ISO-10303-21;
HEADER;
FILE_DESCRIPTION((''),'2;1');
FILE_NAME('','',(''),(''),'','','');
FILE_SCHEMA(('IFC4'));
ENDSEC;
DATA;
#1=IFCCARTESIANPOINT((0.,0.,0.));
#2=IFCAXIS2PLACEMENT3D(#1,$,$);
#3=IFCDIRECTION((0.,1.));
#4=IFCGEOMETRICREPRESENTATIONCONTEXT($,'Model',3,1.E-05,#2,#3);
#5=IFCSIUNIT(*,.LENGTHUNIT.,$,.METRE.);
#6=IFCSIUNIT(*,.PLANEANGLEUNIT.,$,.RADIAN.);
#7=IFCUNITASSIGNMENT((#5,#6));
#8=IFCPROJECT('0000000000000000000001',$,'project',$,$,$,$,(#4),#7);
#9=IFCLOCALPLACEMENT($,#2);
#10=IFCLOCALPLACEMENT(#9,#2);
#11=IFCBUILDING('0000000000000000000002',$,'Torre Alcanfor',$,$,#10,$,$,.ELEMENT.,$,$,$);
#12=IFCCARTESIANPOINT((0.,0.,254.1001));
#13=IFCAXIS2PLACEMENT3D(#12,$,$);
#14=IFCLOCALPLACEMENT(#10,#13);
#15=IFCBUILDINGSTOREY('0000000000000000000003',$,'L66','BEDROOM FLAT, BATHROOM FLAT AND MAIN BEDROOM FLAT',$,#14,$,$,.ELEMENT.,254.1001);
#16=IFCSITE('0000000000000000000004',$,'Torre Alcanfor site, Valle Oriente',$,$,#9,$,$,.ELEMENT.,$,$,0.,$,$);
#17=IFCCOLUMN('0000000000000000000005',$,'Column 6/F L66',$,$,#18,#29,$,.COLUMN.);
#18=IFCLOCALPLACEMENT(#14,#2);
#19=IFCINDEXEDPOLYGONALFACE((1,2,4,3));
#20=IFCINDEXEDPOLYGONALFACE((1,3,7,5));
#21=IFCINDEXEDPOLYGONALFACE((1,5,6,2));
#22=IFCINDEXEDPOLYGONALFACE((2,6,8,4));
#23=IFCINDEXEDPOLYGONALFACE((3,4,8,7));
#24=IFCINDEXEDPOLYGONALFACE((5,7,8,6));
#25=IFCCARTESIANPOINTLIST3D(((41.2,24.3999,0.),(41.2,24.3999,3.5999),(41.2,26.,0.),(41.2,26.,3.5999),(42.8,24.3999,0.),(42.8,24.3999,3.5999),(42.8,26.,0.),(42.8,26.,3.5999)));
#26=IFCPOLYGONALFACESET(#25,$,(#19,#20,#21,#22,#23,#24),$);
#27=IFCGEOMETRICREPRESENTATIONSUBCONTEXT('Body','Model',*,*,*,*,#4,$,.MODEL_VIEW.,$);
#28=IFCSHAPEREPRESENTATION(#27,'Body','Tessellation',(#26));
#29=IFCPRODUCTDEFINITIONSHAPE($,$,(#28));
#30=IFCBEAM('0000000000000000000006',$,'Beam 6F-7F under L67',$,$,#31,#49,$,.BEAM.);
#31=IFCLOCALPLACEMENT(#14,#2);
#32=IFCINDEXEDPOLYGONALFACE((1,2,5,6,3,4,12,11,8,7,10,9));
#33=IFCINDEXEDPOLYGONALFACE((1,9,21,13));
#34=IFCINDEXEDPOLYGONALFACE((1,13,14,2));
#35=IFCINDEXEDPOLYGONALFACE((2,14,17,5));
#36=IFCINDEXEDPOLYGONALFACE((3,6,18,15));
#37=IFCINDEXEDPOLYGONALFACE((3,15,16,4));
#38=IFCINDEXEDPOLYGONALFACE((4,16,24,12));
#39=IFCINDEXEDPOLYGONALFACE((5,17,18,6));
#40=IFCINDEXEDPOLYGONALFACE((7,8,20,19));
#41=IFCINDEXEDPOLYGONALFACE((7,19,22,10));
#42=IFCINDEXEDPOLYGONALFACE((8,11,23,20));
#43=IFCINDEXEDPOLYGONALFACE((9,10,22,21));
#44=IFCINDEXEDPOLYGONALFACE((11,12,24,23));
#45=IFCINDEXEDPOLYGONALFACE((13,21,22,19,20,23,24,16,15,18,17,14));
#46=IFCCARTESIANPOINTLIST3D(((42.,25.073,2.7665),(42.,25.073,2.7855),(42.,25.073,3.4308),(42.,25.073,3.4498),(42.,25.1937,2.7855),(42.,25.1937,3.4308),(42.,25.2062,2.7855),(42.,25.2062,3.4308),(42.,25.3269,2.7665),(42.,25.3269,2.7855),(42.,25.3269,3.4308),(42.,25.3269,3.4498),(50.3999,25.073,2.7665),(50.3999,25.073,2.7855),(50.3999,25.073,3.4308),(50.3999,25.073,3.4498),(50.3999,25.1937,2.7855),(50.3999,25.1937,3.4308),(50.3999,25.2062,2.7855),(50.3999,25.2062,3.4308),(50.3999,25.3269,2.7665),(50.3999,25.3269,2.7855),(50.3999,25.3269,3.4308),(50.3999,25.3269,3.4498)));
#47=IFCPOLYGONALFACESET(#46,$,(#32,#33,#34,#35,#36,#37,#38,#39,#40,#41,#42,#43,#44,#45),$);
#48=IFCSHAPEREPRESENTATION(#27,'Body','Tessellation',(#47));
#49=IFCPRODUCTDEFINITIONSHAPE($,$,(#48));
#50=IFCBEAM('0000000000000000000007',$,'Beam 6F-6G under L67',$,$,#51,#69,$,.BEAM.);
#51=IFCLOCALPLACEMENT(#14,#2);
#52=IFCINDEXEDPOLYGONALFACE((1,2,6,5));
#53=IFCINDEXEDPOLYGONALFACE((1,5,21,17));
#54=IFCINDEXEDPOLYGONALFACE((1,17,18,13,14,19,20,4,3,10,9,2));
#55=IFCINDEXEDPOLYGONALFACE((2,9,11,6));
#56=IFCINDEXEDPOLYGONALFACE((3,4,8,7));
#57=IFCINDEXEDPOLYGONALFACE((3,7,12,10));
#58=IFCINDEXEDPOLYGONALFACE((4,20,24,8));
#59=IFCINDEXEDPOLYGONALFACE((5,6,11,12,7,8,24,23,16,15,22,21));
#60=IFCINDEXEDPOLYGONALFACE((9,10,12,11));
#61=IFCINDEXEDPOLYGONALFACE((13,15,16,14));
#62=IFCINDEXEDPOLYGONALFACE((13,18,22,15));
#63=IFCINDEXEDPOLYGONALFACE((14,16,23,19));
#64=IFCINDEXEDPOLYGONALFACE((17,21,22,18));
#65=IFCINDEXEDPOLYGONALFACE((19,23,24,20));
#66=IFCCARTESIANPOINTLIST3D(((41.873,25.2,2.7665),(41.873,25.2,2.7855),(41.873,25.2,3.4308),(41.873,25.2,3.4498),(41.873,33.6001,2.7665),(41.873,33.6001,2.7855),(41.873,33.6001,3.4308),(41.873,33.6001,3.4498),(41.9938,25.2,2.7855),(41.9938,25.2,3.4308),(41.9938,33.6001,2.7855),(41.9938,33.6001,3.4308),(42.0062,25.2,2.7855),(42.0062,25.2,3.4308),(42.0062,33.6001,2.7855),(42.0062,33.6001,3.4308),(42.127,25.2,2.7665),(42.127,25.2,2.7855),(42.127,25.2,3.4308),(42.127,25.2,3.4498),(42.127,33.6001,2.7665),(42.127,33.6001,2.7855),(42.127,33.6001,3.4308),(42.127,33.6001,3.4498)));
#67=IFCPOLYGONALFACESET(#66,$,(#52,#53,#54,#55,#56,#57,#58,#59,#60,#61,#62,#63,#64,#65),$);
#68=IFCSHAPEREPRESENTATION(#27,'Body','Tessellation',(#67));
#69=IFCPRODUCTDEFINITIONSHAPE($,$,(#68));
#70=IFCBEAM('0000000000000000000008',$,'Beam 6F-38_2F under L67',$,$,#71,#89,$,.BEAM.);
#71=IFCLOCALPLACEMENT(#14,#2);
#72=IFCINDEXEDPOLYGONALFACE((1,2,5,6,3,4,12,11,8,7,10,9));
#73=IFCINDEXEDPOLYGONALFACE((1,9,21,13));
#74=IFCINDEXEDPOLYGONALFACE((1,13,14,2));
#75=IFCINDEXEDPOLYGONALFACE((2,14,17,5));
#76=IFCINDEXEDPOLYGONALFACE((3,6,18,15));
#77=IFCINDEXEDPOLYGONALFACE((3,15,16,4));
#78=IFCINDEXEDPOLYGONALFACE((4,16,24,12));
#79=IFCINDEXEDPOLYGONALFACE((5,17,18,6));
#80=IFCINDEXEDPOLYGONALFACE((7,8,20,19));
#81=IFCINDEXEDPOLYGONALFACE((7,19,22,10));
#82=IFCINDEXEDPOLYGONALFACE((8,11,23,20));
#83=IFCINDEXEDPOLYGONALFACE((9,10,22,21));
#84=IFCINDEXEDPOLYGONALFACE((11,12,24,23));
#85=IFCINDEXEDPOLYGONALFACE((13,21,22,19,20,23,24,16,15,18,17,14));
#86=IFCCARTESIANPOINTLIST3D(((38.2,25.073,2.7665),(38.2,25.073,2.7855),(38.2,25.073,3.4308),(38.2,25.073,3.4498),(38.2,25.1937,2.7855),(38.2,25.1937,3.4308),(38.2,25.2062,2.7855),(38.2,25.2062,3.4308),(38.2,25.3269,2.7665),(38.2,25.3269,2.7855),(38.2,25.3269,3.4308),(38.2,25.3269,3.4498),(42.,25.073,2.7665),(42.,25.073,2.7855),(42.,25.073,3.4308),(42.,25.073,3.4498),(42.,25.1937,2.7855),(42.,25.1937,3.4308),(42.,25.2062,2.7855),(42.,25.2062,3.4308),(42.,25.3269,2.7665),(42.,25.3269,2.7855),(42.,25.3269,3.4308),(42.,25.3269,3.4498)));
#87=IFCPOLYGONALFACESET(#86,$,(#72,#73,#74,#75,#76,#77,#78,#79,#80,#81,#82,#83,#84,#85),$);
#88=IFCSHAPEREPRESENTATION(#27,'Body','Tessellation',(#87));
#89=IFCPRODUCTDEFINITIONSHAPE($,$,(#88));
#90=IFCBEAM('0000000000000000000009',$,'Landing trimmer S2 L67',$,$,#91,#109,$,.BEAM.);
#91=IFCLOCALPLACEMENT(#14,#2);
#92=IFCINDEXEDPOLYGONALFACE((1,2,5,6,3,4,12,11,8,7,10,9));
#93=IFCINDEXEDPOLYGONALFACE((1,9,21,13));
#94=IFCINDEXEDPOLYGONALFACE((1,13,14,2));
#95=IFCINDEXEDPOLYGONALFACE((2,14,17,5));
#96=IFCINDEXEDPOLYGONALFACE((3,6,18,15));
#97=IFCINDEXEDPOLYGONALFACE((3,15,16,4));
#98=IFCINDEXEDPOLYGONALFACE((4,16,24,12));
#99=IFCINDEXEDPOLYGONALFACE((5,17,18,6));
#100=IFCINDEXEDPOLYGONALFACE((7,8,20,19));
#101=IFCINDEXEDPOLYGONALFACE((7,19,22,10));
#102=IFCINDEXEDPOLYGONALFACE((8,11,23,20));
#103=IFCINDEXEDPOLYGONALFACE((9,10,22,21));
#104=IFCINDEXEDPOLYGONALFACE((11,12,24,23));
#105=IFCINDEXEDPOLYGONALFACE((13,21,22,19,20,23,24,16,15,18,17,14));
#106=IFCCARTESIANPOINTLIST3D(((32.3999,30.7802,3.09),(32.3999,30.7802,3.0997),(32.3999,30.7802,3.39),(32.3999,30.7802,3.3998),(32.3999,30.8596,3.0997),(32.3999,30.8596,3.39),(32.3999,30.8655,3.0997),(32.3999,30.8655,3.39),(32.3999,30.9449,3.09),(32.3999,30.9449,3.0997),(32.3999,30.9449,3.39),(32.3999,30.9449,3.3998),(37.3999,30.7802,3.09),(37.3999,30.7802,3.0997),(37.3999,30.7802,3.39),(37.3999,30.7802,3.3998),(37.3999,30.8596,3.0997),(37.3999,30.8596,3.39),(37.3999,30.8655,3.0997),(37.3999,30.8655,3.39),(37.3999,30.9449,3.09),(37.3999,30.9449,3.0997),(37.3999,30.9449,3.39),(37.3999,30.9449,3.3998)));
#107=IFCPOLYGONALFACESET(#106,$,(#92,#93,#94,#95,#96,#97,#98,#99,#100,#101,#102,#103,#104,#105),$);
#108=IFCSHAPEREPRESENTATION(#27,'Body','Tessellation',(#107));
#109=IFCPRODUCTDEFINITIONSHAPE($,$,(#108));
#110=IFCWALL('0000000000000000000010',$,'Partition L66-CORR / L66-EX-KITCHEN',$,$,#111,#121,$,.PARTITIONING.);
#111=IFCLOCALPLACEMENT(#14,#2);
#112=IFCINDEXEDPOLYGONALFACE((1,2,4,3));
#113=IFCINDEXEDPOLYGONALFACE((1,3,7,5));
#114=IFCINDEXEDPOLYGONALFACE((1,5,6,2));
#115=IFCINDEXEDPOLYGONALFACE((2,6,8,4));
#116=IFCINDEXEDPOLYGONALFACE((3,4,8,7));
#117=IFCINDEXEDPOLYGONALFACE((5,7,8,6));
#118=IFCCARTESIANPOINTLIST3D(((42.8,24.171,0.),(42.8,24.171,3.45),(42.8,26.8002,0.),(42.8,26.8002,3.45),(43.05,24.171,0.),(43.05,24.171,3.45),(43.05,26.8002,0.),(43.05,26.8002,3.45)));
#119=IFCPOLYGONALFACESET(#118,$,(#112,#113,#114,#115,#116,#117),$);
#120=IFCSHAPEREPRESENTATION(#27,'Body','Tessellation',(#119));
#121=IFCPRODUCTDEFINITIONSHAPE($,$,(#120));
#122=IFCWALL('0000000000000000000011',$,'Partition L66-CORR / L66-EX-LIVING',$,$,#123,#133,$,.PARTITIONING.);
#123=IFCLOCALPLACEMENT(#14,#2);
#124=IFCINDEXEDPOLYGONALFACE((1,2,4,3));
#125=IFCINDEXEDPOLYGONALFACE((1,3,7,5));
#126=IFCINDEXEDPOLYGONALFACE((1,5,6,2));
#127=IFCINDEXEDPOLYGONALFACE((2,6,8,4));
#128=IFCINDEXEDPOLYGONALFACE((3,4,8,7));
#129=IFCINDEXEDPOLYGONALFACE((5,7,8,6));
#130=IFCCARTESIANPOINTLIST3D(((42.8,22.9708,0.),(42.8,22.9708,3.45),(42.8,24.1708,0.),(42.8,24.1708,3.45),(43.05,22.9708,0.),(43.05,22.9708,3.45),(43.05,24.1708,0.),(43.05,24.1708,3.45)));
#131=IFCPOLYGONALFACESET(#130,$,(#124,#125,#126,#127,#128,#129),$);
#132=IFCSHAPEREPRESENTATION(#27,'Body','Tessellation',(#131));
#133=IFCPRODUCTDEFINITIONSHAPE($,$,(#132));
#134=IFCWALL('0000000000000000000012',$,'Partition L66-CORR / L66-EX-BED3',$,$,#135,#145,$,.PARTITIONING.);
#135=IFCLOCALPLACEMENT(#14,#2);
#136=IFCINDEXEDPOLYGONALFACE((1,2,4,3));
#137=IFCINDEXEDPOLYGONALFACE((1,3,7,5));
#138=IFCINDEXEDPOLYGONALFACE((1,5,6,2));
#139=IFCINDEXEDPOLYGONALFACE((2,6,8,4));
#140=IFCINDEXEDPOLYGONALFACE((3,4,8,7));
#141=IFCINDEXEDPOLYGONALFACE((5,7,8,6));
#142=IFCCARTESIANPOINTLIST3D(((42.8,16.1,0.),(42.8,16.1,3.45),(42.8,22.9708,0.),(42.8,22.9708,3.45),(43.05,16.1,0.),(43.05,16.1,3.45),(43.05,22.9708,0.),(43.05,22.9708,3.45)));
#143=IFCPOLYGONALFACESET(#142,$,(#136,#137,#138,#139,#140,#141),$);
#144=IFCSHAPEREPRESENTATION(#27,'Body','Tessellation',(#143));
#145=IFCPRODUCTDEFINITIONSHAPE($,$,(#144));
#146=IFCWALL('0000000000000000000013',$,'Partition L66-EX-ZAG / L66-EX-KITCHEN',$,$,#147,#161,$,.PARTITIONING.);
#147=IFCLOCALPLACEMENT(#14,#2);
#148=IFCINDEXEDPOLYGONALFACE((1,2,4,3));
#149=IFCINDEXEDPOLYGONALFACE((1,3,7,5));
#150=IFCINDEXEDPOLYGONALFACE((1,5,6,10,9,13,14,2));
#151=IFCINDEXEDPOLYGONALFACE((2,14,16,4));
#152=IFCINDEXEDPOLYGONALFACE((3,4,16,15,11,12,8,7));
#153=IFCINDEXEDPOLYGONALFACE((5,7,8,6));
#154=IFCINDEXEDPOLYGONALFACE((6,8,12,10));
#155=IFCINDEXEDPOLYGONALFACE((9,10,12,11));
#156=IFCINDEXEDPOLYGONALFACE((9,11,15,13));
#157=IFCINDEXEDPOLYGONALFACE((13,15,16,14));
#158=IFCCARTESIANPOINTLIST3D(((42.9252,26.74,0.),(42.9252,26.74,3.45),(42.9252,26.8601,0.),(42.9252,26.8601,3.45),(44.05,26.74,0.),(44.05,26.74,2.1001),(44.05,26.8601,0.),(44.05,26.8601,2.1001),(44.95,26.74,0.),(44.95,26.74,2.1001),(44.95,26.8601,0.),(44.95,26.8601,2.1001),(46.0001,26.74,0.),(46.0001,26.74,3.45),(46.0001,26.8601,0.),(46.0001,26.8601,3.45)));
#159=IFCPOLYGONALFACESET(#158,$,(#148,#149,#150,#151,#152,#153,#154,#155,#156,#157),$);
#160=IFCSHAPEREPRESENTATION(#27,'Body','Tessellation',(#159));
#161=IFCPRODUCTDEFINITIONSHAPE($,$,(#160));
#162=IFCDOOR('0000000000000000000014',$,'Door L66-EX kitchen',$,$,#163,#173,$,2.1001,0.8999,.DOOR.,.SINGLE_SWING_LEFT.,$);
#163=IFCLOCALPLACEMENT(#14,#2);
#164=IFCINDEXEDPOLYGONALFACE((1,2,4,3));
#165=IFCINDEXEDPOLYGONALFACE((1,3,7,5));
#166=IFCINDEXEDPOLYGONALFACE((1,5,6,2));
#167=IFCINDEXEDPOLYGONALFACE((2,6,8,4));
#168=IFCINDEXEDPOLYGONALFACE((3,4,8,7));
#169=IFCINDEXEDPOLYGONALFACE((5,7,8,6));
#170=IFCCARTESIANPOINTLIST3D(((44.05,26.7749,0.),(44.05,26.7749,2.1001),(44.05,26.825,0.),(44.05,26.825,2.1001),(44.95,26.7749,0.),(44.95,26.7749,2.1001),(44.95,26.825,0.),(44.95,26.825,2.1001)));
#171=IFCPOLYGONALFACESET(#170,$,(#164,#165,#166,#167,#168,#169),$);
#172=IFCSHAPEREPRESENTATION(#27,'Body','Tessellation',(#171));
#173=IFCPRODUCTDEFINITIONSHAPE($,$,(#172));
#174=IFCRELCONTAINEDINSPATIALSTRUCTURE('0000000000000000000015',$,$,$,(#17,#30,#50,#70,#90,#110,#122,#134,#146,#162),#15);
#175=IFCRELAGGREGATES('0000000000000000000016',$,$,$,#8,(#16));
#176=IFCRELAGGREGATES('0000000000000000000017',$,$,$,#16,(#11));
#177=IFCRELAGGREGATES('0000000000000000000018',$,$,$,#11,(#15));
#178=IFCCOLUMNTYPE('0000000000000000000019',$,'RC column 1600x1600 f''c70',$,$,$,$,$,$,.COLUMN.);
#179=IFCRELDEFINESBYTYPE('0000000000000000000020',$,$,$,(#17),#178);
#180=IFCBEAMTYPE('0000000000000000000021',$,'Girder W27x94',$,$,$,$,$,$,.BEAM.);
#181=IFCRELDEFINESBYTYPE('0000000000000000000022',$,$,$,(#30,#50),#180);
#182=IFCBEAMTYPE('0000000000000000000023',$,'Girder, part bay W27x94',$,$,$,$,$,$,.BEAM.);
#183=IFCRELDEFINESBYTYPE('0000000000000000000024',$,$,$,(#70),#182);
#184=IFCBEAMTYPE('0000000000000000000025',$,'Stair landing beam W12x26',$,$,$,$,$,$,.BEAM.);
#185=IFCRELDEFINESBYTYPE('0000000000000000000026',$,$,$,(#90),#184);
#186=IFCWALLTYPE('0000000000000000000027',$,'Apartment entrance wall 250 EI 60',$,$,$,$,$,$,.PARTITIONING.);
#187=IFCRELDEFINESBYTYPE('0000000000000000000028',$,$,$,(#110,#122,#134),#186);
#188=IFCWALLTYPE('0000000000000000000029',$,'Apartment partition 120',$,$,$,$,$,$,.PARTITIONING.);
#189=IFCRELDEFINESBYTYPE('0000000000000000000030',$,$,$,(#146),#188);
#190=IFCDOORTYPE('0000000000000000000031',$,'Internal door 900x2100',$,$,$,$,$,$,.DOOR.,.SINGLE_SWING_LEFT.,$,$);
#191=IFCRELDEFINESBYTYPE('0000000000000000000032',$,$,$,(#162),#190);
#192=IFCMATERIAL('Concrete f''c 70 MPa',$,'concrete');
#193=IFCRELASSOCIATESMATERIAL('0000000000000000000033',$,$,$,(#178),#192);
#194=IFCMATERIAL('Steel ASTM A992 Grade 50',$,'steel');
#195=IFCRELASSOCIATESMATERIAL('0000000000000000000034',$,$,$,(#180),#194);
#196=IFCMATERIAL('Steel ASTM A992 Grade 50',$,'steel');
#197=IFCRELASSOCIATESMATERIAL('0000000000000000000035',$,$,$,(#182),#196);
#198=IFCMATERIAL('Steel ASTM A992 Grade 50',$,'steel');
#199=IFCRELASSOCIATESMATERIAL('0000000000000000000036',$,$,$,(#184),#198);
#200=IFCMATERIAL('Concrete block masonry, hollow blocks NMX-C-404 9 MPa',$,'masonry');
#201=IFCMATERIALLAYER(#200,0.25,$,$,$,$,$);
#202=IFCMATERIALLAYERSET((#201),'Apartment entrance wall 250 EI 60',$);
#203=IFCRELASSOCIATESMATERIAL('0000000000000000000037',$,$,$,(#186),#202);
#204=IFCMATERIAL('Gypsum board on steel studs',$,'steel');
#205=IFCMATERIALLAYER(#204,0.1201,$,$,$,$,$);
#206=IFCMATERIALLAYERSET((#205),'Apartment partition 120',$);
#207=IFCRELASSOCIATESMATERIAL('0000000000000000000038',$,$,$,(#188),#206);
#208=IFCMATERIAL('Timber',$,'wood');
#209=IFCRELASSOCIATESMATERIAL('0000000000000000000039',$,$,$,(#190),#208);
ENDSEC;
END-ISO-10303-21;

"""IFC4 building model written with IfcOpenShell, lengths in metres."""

from ifc_helpers import new_model, si_unit, direction, frame, frame_2d, origin, origin_2d, place, context, subcontext, project, spatial, rectangle, i_section, extrude, material, layer, layer_set, material_profile, profile_set, type_object, element, fill, save


model = new_model("IFC4")

# Units and contexts
model_context = context("Model", 3, precision=1e-05, world=origin(), true_north=direction((0.0, 1.0)))
body_context = subcontext(model_context, "Body", "Model", "MODEL_VIEW")
ifc_project = project(units=[si_unit("LENGTHUNIT", "METRE"), si_unit("PLANEANGLEUNIT", "RADIAN")], contexts=[model_context])

# Site, building, storey
site_placement = place(None, origin())
site = spatial("IfcSite", under=ifc_project, at=site_placement, Name="Torre Alcanfor site, Valle Oriente", CompositionType="ELEMENT", RefElevation=0.0)
building_placement = place(site_placement, origin())
building = spatial("IfcBuilding", under=site, at=building_placement, Name="Torre Alcanfor", CompositionType="ELEMENT")
storey_placement = place(building_placement, frame((0.0, 0.0, 254.1001)))
storey = spatial("IfcBuildingStorey", under=building, at=storey_placement, Name="L66", Description="BEDROOM FLAT, BATHROOM FLAT AND MAIN BEDROOM FLAT", CompositionType="ELEMENT", Elevation=254.1001)

# Column
ifc_material_1 = material(Name="Concrete f'c 70 MPa", Category="concrete")
ifc_material_profile_1 = material_profile(ifc_material_1, rectangle(XDim=1.6001, YDim=1.6001, at=origin_2d()), Name="1600x1600")
ifc_profile_set_1 = profile_set([ifc_material_profile_1], Name="Concrete f'c 70 MPa")
column_type = type_object("IfcColumnType", Name="RC column 1600x1600 f'c70", PredefinedType="COLUMN", material=ifc_profile_set_1)
column_placement = place(storey_placement, frame((42.0, 25.2, 0.0), z_axis=(0.0, 0.0, 1.0), x_axis=(1.0, 0.0, 0.0)))
element("IfcColumn", 1, at=column_placement, inside=storey, type_object=column_type, Name="Column 6/F L66", PredefinedType="COLUMN", context=body_context, shape_type="SweptSolid", body=[
    extrude(rectangle(XDim=1.6001, YDim=1.6001, at=origin_2d()), origin(), (0.0, 0.0, 1.0), 3.5999),
])

# Beams
ifc_material_2 = material(Name="Steel ASTM A992 Grade 50", Category="steel")
ifc_material_profile_2 = material_profile(ifc_material_2, i_section(OverallWidth=0.2539, OverallDepth=0.6833, WebThickness=0.0125, FlangeThickness=0.019, at=origin_2d()), Name="W27x94")
ifc_profile_set_2 = profile_set([ifc_material_profile_2], Name="Steel ASTM A992 Grade 50")
beam_type_1 = type_object("IfcBeamType", Name="Girder W27x94", PredefinedType="BEAM", material=ifc_profile_set_2)
beam_1_placement = place(storey_placement, frame((42.0, 25.2, 3.1082), z_axis=(1.0, 0.0, 0.0), x_axis=(0.0, 1.0, 0.0)))
element("IfcBeam", 2, at=beam_1_placement, inside=storey, type_object=beam_type_1, Name="Beam 6F-7F under L67", PredefinedType="BEAM", context=body_context, shape_type="SweptSolid", body=[
    extrude(i_section(OverallWidth=0.2539, OverallDepth=0.6833, WebThickness=0.0125, FlangeThickness=0.019, at=origin_2d()), origin(), (0.0, 0.0, 1.0), 8.3999),
])
beam_2_placement = place(storey_placement, frame((42.0, 25.2, 3.1082), z_axis=(0.0, 1.0, 0.0), x_axis=(-1.0, 0.0, 0.0)))
element("IfcBeam", 3, at=beam_2_placement, inside=storey, type_object=beam_type_1, Name="Beam 6F-6G under L67", PredefinedType="BEAM", context=body_context, shape_type="SweptSolid", body=[
    extrude(i_section(OverallWidth=0.2539, OverallDepth=0.6833, WebThickness=0.0125, FlangeThickness=0.019, at=origin_2d()), origin(), (0.0, 0.0, 1.0), 8.4001),
])
ifc_material_3 = material(Name="Steel ASTM A992 Grade 50", Category="steel")
ifc_material_profile_3 = material_profile(ifc_material_3, i_section(OverallWidth=0.2539, OverallDepth=0.6833, WebThickness=0.0125, FlangeThickness=0.019, at=origin_2d()), Name="W27x94")
ifc_profile_set_3 = profile_set([ifc_material_profile_3], Name="Steel ASTM A992 Grade 50")
beam_type_2 = type_object("IfcBeamType", Name="Girder, part bay W27x94", PredefinedType="BEAM", material=ifc_profile_set_3)
beam_3_placement = place(storey_placement, frame((42.0, 25.2, 3.1082), z_axis=(-1.0, 0.0, 0.0), x_axis=(0.0, -1.0, 0.0)))
element("IfcBeam", 4, at=beam_3_placement, inside=storey, type_object=beam_type_2, Name="Beam 6F-38_2F under L67", PredefinedType="BEAM", context=body_context, shape_type="SweptSolid", body=[
    extrude(i_section(OverallWidth=0.2539, OverallDepth=0.6833, WebThickness=0.0125, FlangeThickness=0.019, at=origin_2d()), origin(), (0.0, 0.0, 1.0), 3.8),
])
ifc_material_4 = material(Name="Steel ASTM A992 Grade 50", Category="steel")
ifc_material_profile_4 = material_profile(ifc_material_4, i_section(OverallWidth=0.1648, OverallDepth=0.3098, WebThickness=0.0059, FlangeThickness=0.0098, at=origin_2d()), Name="W12x26")
ifc_profile_set_4 = profile_set([ifc_material_profile_4], Name="Steel ASTM A992 Grade 50")
beam_type_3 = type_object("IfcBeamType", Name="Stair landing beam W12x26", PredefinedType="BEAM", material=ifc_profile_set_4)
beam_4_placement = place(storey_placement, frame((32.3999, 30.8625, 3.2449), z_axis=(1.0, 0.0, 0.0), x_axis=(0.0, 1.0, 0.0)))
element("IfcBeam", 5, at=beam_4_placement, inside=storey, type_object=beam_type_3, Name="Landing trimmer S2 L67", PredefinedType="BEAM", context=body_context, shape_type="SweptSolid", body=[
    extrude(i_section(OverallWidth=0.1648, OverallDepth=0.3098, WebThickness=0.0059, FlangeThickness=0.0098, at=origin_2d()), origin(), (0.0, 0.0, 1.0), 5.0),
])

# Walls
ifc_material_5 = material(Name="Concrete block masonry, hollow blocks NMX-C-404 9 MPa", Category="masonry")
ifc_layer_1 = layer(ifc_material_5, 0.25)
ifc_layer_set_1 = layer_set([ifc_layer_1], Name="Apartment entrance wall 250 EI 60")
wall_type_1 = type_object("IfcWallType", Name="Apartment entrance wall 250 EI 60", PredefinedType="PARTITIONING", material=ifc_layer_set_1)
wall_1_placement = place(storey_placement, frame((42.925, 26.8, 0.0), z_axis=(0.0, 0.0, 1.0), x_axis=(0.0, -1.0, 0.0)))
element("IfcWall", 6, at=wall_1_placement, inside=storey, type_object=wall_type_1, Name="Partition L66-CORR / L66-EX-KITCHEN", PredefinedType="PARTITIONING", context=body_context, shape_type="SweptSolid", body=[
    extrude(rectangle(XDim=2.6292, YDim=0.25, at=frame_2d((1.3145, 0.0))), origin(), (0.0, 0.0, 1.0), 3.45),
])
wall_2_placement = place(storey_placement, frame((42.925, 24.1709, 0.0), z_axis=(0.0, 0.0, 1.0), x_axis=(0.0, -1.0, 0.0)))
element("IfcWall", 7, at=wall_2_placement, inside=storey, type_object=wall_type_1, Name="Partition L66-CORR / L66-EX-LIVING", PredefinedType="PARTITIONING", context=body_context, shape_type="SweptSolid", body=[
    extrude(rectangle(XDim=1.2, YDim=0.25, at=frame_2d((0.6001, 0.0))), origin(), (0.0, 0.0, 1.0), 3.45),
])
wall_3_placement = place(storey_placement, frame((42.925, 22.9709, 0.0), z_axis=(0.0, 0.0, 1.0), x_axis=(0.0, -1.0, 0.0)))
element("IfcWall", 8, at=wall_3_placement, inside=storey, type_object=wall_type_1, Name="Partition L66-CORR / L66-EX-BED3", PredefinedType="PARTITIONING", context=body_context, shape_type="SweptSolid", body=[
    extrude(rectangle(XDim=6.8708, YDim=0.25, at=frame_2d((3.4355, 0.0))), origin(), (0.0, 0.0, 1.0), 3.45),
])

# Wall, opening, door
ifc_material_6 = material(Name="Gypsum board on steel studs", Category="steel")
ifc_layer_2 = layer(ifc_material_6, 0.1201)
ifc_layer_set_2 = layer_set([ifc_layer_2], Name="Apartment partition 120")
wall_type_2 = type_object("IfcWallType", Name="Apartment partition 120", PredefinedType="PARTITIONING", material=ifc_layer_set_2)
wall_4_placement = place(storey_placement, frame((42.925, 26.8, 0.0), z_axis=(0.0, 0.0, 1.0), x_axis=(1.0, 0.0, 0.0)))
wall_4 = element("IfcWall", 9, at=wall_4_placement, inside=storey, type_object=wall_type_2, Name="Partition L66-EX-ZAG / L66-EX-KITCHEN", PredefinedType="PARTITIONING", context=body_context, shape_type="SweptSolid", body=[
    extrude(rectangle(XDim=3.075, YDim=0.1201, at=frame_2d((1.5376, 0.0))), origin(), (0.0, 0.0, 1.0), 3.45),
])
opening_1_placement = place(wall_4_placement, frame((1.125, 0.0, 0.0)))
opening_1 = element("IfcOpeningElement", 10, at=opening_1_placement, cuts=wall_4, PredefinedType="OPENING", context=body_context, shape_type="SweptSolid", body=[
    extrude(rectangle(XDim=0.8999, YDim=2.1001, at=frame_2d((0.45, 1.05))), frame((0.0, 0.0701, 0.0), z_axis=(0.0, -1.0, 0.0), x_axis=(1.0, 0.0, 0.0)), (0.0, 0.0, 1.0), 0.1401),
])
ifc_material_7 = material(Name="Timber", Category="wood")
door_type_1 = type_object("IfcDoorType", Name="Internal door 900x2100", OperationType="SINGLE_SWING_LEFT", PredefinedType="DOOR", material=ifc_material_7)
door_1_placement = place(opening_1_placement, frame((0.8999, 0.0, 0.0), z_axis=(0.0, 0.0, 1.0), x_axis=(-1.0, 0.0, 0.0)))
door_1 = element("IfcDoor", 11, at=door_1_placement, inside=storey, type_object=door_type_1, Name="Door L66-EX kitchen", OperationType="SINGLE_SWING_LEFT", OverallHeight=2.1001, OverallWidth=0.8999, PredefinedType="DOOR", context=body_context, shape_type="SweptSolid", body=[
    extrude(rectangle(XDim=0.8999, YDim=2.1001, at=frame_2d((0.45, 1.05))), frame((0.0, 0.0251, 0.0), z_axis=(0.0, -1.0, 0.0), x_axis=(1.0, 0.0, 0.0)), (0.0, 0.0, 1.0), 0.05),
])
fill(opening_1, door_1)

save(model, "model.ifc")
